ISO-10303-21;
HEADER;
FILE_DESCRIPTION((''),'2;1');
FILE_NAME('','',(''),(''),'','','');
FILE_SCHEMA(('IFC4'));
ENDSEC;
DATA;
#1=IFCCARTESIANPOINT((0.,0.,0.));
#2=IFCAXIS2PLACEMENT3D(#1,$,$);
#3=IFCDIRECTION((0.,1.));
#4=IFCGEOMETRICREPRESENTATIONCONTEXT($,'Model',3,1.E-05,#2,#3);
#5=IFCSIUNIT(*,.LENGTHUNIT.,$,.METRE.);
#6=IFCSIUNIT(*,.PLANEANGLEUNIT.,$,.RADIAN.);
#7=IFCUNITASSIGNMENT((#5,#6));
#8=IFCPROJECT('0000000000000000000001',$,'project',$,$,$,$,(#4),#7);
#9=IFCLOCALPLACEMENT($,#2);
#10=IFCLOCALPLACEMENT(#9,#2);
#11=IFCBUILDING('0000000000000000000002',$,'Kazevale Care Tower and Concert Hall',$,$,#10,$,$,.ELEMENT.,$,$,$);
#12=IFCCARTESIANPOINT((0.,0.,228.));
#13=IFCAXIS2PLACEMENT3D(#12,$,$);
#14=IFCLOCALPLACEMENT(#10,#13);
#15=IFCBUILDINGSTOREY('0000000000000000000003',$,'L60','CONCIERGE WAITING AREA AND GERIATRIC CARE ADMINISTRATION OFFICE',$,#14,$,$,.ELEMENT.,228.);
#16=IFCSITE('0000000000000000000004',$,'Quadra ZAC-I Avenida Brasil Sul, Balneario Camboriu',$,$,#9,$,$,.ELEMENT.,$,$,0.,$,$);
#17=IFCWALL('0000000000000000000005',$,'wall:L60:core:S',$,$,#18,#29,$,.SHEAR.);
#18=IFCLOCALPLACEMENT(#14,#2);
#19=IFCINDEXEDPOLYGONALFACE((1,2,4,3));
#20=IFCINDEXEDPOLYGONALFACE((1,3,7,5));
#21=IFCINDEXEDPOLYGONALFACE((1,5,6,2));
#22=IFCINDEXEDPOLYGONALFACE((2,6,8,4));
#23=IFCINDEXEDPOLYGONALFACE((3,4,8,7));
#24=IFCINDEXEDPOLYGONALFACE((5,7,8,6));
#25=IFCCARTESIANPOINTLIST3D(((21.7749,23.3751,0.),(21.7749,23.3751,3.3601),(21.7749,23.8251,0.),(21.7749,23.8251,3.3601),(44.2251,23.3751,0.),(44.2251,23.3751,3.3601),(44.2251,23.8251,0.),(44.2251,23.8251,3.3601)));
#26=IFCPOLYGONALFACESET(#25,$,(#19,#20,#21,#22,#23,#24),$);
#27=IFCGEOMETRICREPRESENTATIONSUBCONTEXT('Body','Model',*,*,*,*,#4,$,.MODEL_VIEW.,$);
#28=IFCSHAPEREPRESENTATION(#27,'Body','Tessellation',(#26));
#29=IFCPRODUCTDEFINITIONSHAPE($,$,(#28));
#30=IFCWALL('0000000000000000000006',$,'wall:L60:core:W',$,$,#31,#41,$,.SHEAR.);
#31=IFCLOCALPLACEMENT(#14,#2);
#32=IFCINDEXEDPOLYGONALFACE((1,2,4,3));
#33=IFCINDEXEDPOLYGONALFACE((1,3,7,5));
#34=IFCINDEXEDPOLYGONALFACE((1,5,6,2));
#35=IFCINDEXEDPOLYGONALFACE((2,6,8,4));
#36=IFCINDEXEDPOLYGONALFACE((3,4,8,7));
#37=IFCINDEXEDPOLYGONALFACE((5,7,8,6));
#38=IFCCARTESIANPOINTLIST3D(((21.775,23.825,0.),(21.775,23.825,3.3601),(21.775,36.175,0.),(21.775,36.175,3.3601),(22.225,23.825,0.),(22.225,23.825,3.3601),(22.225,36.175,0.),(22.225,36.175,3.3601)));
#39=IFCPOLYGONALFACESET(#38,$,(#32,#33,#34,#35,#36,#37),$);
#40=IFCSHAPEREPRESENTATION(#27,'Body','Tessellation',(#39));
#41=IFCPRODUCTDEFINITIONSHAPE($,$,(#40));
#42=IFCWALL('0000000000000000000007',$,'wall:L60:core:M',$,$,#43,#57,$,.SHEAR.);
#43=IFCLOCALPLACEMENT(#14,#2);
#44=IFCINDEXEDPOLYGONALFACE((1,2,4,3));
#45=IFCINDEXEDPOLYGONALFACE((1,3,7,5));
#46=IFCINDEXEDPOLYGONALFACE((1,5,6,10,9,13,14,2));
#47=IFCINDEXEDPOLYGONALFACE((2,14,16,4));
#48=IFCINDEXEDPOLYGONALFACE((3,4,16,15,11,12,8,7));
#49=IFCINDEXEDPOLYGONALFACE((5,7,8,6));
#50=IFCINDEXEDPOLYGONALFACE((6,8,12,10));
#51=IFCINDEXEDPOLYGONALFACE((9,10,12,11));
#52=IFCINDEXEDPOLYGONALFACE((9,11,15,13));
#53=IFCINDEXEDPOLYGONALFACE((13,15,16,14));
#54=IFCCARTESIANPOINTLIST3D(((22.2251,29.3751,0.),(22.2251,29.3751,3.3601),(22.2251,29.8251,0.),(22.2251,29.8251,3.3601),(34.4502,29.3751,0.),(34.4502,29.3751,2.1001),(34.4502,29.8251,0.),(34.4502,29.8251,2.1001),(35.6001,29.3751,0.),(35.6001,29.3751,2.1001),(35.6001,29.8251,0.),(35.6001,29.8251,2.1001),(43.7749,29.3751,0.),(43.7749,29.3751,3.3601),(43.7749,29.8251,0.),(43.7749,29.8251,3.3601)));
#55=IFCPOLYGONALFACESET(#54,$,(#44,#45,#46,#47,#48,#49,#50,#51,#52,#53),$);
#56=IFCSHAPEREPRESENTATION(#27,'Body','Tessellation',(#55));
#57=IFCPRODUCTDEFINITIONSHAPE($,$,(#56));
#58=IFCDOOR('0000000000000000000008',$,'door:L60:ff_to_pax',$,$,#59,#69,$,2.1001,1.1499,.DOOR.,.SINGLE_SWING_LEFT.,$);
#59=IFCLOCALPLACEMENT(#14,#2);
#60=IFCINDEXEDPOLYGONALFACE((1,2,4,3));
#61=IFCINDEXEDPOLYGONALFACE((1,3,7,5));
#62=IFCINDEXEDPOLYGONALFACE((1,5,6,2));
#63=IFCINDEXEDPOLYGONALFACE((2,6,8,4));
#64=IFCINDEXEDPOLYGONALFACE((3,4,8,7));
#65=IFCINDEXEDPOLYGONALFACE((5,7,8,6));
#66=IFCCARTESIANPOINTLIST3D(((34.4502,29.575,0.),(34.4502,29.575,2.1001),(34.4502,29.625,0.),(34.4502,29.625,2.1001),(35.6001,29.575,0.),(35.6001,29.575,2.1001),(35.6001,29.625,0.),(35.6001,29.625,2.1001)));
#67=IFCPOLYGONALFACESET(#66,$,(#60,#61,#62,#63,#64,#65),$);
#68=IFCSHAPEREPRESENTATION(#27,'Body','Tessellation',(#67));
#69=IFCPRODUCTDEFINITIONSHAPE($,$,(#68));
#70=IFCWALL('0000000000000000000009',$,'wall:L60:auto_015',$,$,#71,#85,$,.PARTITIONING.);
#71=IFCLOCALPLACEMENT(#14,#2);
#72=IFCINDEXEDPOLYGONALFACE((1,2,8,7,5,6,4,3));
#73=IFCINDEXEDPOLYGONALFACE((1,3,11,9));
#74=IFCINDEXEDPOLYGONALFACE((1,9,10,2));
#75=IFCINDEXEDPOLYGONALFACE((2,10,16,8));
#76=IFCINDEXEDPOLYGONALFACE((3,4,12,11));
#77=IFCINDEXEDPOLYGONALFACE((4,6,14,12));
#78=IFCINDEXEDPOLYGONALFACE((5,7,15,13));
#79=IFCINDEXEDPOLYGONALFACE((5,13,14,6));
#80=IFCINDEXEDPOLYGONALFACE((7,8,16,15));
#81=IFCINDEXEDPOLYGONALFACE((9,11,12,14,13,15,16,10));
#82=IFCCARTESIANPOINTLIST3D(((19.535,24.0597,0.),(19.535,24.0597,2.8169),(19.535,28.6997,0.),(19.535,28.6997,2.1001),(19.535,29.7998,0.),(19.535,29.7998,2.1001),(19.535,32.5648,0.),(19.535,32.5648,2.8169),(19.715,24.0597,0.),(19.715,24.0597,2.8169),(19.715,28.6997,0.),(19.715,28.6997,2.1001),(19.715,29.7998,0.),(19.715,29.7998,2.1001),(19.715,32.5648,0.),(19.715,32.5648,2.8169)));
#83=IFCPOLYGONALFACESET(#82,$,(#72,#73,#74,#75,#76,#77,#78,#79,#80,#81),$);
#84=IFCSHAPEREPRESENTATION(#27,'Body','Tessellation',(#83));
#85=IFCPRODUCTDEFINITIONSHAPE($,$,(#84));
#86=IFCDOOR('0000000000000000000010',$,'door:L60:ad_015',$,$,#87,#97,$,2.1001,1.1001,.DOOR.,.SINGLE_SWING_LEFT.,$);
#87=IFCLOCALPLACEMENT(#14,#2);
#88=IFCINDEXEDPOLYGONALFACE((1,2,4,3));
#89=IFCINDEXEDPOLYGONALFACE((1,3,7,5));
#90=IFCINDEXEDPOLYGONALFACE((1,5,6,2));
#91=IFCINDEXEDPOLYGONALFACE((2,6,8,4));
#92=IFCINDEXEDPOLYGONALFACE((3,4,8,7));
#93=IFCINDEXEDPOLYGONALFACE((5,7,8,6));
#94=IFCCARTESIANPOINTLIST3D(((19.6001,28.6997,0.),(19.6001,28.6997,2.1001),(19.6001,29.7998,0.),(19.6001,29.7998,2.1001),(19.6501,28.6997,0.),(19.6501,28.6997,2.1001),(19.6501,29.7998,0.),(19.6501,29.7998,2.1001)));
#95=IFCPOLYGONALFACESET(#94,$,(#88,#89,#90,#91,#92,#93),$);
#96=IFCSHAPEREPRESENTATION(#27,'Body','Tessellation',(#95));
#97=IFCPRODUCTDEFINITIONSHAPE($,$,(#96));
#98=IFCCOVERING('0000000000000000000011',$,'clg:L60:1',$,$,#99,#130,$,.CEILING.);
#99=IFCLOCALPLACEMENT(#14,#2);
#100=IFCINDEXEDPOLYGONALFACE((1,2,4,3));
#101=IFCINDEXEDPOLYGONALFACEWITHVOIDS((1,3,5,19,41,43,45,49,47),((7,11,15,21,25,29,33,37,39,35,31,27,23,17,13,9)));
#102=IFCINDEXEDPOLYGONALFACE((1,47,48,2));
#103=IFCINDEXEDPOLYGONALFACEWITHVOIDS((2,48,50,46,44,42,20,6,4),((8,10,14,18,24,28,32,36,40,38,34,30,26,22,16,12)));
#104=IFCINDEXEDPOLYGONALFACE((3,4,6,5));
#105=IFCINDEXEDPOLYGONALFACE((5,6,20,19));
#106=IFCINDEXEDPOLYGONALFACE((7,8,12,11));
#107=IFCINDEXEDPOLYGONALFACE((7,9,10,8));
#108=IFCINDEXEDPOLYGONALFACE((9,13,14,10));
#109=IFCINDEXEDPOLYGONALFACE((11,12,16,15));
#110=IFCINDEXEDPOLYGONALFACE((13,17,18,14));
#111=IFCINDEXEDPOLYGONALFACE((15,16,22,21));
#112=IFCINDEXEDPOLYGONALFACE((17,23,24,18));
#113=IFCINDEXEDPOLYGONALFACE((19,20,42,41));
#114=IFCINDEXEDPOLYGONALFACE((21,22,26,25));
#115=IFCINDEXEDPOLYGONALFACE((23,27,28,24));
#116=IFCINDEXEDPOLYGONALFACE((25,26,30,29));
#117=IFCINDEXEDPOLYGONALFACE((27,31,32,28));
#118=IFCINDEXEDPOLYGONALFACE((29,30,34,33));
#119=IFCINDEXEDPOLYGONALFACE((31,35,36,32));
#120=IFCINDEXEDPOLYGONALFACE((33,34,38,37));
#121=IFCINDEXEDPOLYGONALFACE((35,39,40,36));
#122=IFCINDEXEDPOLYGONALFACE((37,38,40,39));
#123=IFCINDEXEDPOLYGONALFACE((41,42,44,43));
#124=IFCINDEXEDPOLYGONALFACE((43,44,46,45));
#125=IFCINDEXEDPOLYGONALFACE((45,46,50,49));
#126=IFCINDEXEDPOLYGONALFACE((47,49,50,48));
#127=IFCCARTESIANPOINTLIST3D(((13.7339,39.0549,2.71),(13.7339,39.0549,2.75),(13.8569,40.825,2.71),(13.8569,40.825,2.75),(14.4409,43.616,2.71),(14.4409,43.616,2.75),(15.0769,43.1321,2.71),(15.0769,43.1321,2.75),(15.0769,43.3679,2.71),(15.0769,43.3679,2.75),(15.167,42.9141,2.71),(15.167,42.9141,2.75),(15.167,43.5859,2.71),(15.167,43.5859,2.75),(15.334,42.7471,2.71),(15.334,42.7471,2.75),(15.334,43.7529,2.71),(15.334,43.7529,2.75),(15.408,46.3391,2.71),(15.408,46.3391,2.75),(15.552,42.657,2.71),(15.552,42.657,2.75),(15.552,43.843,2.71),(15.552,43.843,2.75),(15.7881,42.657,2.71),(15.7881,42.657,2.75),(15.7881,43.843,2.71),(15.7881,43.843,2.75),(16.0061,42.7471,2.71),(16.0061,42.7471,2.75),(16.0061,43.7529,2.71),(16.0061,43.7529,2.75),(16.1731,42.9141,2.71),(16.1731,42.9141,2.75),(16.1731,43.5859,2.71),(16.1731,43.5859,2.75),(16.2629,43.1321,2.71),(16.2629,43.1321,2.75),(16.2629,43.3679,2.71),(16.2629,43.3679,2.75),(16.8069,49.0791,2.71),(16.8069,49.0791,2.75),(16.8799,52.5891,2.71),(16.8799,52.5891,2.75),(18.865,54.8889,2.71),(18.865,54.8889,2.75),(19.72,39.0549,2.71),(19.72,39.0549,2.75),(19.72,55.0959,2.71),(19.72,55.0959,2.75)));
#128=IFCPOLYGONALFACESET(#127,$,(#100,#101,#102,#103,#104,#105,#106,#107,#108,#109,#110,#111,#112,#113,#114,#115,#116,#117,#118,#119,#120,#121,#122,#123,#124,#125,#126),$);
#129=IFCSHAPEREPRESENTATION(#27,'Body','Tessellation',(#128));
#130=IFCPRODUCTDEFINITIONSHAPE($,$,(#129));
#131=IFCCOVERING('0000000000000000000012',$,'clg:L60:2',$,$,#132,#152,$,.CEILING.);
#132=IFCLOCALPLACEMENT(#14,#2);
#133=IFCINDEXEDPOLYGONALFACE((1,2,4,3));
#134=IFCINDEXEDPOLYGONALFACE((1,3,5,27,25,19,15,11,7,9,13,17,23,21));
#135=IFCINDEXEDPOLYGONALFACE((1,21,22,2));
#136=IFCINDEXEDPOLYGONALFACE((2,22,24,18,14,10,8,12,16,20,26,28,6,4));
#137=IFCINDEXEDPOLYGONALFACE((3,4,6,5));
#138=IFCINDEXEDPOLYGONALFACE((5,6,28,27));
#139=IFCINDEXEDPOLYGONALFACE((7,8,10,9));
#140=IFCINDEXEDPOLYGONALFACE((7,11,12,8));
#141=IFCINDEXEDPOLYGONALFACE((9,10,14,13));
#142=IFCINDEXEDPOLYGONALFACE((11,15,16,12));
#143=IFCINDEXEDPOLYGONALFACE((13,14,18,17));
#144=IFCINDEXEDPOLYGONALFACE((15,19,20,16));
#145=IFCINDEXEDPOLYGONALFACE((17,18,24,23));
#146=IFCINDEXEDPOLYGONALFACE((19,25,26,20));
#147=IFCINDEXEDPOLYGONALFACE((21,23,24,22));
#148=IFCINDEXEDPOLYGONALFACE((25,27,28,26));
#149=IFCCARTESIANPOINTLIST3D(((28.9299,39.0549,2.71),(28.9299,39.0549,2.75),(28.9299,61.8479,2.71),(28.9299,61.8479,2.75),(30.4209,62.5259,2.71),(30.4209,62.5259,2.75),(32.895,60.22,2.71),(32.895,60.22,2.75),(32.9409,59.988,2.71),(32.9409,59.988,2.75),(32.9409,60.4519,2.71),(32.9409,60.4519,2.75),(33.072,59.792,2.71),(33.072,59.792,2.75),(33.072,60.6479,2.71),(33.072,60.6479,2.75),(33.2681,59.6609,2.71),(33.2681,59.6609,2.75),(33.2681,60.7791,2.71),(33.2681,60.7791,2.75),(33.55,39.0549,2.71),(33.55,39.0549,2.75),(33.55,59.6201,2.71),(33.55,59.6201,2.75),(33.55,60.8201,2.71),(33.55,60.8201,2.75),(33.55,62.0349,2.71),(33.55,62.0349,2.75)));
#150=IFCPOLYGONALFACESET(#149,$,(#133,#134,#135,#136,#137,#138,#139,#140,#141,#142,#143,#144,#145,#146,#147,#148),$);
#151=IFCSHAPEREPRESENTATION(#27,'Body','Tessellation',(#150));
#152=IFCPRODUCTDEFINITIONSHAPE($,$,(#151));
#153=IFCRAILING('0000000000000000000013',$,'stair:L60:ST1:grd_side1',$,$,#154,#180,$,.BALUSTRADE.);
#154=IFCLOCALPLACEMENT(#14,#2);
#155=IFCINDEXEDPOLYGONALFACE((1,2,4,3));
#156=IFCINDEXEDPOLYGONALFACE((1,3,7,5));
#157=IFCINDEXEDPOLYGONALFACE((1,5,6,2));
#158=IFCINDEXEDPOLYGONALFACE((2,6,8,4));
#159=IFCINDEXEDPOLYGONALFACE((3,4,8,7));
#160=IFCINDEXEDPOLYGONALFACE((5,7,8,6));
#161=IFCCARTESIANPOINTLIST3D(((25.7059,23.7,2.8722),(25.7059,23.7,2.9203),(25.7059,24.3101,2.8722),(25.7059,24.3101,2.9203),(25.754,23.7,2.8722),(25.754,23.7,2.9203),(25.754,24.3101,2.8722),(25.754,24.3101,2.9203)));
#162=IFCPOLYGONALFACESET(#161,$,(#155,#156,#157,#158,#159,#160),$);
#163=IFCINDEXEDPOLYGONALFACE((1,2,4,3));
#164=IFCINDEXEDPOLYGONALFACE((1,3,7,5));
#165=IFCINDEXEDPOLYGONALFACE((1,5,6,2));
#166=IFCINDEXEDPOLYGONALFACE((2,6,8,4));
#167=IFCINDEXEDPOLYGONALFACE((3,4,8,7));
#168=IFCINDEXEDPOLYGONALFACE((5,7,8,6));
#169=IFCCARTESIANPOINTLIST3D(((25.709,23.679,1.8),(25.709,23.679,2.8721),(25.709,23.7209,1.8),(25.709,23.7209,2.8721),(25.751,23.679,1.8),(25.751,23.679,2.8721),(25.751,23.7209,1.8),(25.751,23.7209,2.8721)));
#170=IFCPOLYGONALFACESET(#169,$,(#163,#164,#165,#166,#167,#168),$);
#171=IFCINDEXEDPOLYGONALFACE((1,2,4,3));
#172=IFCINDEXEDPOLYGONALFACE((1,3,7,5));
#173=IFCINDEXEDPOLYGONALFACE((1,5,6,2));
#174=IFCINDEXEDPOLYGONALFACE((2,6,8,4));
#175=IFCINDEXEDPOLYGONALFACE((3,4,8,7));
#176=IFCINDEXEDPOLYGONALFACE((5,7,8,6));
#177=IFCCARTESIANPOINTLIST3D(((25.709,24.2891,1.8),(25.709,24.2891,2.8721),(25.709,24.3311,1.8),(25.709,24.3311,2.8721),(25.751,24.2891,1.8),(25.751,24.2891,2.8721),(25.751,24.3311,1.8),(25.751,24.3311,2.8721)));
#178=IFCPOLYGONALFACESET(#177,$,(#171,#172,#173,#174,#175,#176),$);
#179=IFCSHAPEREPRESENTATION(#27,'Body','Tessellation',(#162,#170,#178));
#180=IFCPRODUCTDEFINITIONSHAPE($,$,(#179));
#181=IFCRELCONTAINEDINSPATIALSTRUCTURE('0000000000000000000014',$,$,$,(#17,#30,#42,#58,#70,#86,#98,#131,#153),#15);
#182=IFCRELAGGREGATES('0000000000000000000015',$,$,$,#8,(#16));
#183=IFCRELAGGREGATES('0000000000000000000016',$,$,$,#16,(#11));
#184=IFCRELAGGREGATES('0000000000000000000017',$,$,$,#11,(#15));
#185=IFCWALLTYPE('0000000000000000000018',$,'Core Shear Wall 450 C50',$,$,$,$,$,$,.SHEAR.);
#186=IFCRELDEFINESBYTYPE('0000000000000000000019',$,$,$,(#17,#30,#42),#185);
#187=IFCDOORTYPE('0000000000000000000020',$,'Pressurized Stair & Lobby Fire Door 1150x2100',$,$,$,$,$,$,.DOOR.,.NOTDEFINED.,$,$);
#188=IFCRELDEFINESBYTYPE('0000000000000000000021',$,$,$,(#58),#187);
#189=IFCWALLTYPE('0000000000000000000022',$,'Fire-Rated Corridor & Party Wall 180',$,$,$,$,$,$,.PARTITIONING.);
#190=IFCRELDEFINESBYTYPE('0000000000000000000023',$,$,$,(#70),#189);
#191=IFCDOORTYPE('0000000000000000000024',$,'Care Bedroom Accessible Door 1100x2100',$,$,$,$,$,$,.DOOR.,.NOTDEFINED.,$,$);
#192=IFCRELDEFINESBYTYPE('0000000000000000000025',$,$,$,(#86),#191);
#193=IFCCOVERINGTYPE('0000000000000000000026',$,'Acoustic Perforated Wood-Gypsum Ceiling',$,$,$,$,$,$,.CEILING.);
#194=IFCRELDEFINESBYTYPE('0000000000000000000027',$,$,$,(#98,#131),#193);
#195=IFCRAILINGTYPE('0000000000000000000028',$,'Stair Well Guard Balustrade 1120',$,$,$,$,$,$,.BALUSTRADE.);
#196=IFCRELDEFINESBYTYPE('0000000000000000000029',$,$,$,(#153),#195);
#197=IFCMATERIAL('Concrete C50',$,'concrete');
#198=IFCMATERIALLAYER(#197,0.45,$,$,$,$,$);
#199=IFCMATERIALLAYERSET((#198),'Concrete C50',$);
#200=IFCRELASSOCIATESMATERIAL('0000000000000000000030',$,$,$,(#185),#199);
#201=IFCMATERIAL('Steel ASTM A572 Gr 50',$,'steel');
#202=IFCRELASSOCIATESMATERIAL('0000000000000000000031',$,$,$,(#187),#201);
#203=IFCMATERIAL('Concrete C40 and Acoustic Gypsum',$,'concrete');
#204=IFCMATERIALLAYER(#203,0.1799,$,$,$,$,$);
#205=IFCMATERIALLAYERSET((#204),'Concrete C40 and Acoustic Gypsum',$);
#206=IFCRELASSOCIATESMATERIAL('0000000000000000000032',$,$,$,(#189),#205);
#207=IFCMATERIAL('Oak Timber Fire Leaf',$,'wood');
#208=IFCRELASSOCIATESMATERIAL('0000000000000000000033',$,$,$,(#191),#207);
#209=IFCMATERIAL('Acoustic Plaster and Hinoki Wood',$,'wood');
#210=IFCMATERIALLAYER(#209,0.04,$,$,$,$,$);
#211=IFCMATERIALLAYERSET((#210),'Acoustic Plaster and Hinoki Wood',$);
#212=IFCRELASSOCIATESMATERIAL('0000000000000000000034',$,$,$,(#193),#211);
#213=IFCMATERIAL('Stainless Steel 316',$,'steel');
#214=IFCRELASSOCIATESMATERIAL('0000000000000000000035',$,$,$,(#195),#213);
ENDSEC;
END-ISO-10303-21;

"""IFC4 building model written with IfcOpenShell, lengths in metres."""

from ifc_helpers import new_model, si_unit, direction, frame, frame_2d, origin, origin_2d, place, context, subcontext, project, spatial, polyline, rectangle, outline, extrude, material, layer, layer_set, type_object, element, fill, save


model = new_model("IFC4")

# Units and contexts
model_context = context("Model", 3, precision=1e-05, world=origin(), true_north=direction((0.0, 1.0)))
body_context = subcontext(model_context, "Body", "Model", "MODEL_VIEW")
ifc_project = project(units=[si_unit("LENGTHUNIT", "METRE"), si_unit("PLANEANGLEUNIT", "RADIAN")], contexts=[model_context])

# Site, building, storey
site_placement = place(None, origin())
site = spatial("IfcSite", under=ifc_project, at=site_placement, Name="Quadra ZAC-I Avenida Brasil Sul, Balneario Camboriu", CompositionType="ELEMENT", RefElevation=0.0)
building_placement = place(site_placement, origin())
building = spatial("IfcBuilding", under=site, at=building_placement, Name="Kazevale Care Tower and Concert Hall", CompositionType="ELEMENT")
storey_placement = place(building_placement, frame((0.0, 0.0, 228.0)))
storey = spatial("IfcBuildingStorey", under=building, at=storey_placement, Name="L60", Description="CONCIERGE WAITING AREA AND GERIATRIC CARE ADMINISTRATION OFFICE", CompositionType="ELEMENT", Elevation=228.0)

# Shared definitions
ifc_material_1 = material(Name="Concrete C50", Category="concrete")

# Shared definitions
ifc_material_2 = material(Name="Steel ASTM A572 Gr 50", Category="steel")

# Walls
ifc_layer_1 = layer(ifc_material_1, 0.45)
ifc_layer_set_1 = layer_set([ifc_layer_1], Name="Concrete C50")
wall_type_1 = type_object("IfcWallType", Name="Core Shear Wall 450 C50", PredefinedType="SHEAR", material=ifc_layer_set_1)
wall_1_placement = place(storey_placement, frame((21.7749, 23.6001, 0.0), z_axis=(0.0, 0.0, 1.0), x_axis=(1.0, 0.0, 0.0)))
element("IfcWall", 1, at=wall_1_placement, inside=storey, type_object=wall_type_1, Name="wall:L60:core:S", PredefinedType="SHEAR", context=body_context, shape_type="SweptSolid", body=[
    extrude(rectangle(XDim=22.4502, YDim=0.45, at=frame_2d((11.2251, 0.0))), origin(), (0.0, 0.0, 1.0), 3.3601),
])
wall_2_placement = place(storey_placement, frame((22.0, 23.825, 0.0), z_axis=(0.0, 0.0, 1.0), x_axis=(0.0, 1.0, 0.0)))
element("IfcWall", 2, at=wall_2_placement, inside=storey, type_object=wall_type_1, Name="wall:L60:core:W", PredefinedType="SHEAR", context=body_context, shape_type="SweptSolid", body=[
    extrude(rectangle(XDim=12.3501, YDim=0.45, at=frame_2d((6.175, 0.0))), origin(), (0.0, 0.0, 1.0), 3.3601),
])

# Walls, openings, doors
wall_3_placement = place(storey_placement, frame((22.2251, 29.6001, 0.0), z_axis=(0.0, 0.0, 1.0), x_axis=(1.0, 0.0, 0.0)))
wall_3 = element("IfcWall", 3, at=wall_3_placement, inside=storey, type_object=wall_type_1, Name="wall:L60:core:M", PredefinedType="SHEAR", context=body_context, shape_type="SweptSolid", body=[
    extrude(rectangle(XDim=21.5498, YDim=0.45, at=frame_2d((10.7749, 0.0))), origin(), (0.0, 0.0, 1.0), 3.3601),
])
opening_1_placement = place(wall_3_placement, frame((12.2251, 0.0, 0.0)))
opening_1 = element("IfcOpeningElement", 4, at=opening_1_placement, cuts=wall_3, PredefinedType="OPENING", context=body_context, shape_type="SweptSolid", body=[
    extrude(rectangle(XDim=1.1499, YDim=2.1001, at=frame_2d((0.575, 1.05))), frame((0.0, 0.2349, 0.0), z_axis=(0.0, -1.0, 0.0), x_axis=(1.0, 0.0, 0.0)), (0.0, 0.0, 1.0), 0.47),
])
door_type_1 = type_object("IfcDoorType", Name="Pressurized Stair & Lobby Fire Door 1150x2100", OperationType="NOTDEFINED", PredefinedType="DOOR", material=ifc_material_2)
door_1_placement = place(opening_1_placement, origin())
door_1 = element("IfcDoor", 5, at=door_1_placement, inside=storey, type_object=door_type_1, Name="door:L60:ff_to_pax", OperationType="SINGLE_SWING_LEFT", OverallHeight=2.1001, OverallWidth=1.1499, PredefinedType="DOOR", context=body_context, shape_type="SweptSolid", body=[
    extrude(rectangle(XDim=1.1499, YDim=2.1001, at=frame_2d((0.575, 1.05))), frame((0.0, 0.0249, 0.0), z_axis=(0.0, -1.0, 0.0), x_axis=(1.0, 0.0, 0.0)), (0.0, 0.0, 1.0), 0.05),
])
fill(opening_1, door_1)
ifc_material_3 = material(Name="Concrete C40 and Acoustic Gypsum", Category="concrete")
ifc_layer_2 = layer(ifc_material_3, 0.1799)
ifc_layer_set_2 = layer_set([ifc_layer_2], Name="Concrete C40 and Acoustic Gypsum")
wall_type_2 = type_object("IfcWallType", Name="Fire-Rated Corridor & Party Wall 180", PredefinedType="PARTITIONING", material=ifc_layer_set_2)
wall_4_placement = place(storey_placement, frame((19.625, 24.0598, 0.0), z_axis=(0.0, 0.0, 1.0), x_axis=(0.0, 1.0, 0.0)))
wall_4 = element("IfcWall", 6, at=wall_4_placement, inside=storey, type_object=wall_type_2, Name="wall:L60:auto_015", PredefinedType="PARTITIONING", context=body_context, shape_type="SweptSolid", body=[
    extrude(rectangle(XDim=8.5051, YDim=0.1799, at=frame_2d((4.2524, 0.0))), origin(), (0.0, 0.0, 1.0), 2.8169),
])
opening_2_placement = place(wall_4_placement, frame((4.6399, 0.0, 0.0)))
opening_2 = element("IfcOpeningElement", 7, at=opening_2_placement, cuts=wall_4, PredefinedType="OPENING", context=body_context, shape_type="SweptSolid", body=[
    extrude(rectangle(XDim=1.1001, YDim=2.1001, at=frame_2d((0.55, 1.05))), frame((0.0, 0.0999, 0.0), z_axis=(0.0, -1.0, 0.0), x_axis=(1.0, 0.0, 0.0)), (0.0, 0.0, 1.0), 0.2),
])
ifc_material_4 = material(Name="Oak Timber Fire Leaf", Category="wood")
door_type_2 = type_object("IfcDoorType", Name="Care Bedroom Accessible Door 1100x2100", OperationType="NOTDEFINED", PredefinedType="DOOR", material=ifc_material_4)
door_2_placement = place(opening_2_placement, origin())
door_2 = element("IfcDoor", 8, at=door_2_placement, inside=storey, type_object=door_type_2, Name="door:L60:ad_015", OperationType="SINGLE_SWING_LEFT", OverallHeight=2.1001, OverallWidth=1.1001, PredefinedType="DOOR", context=body_context, shape_type="SweptSolid", body=[
    extrude(rectangle(XDim=1.1001, YDim=2.1001, at=frame_2d((0.55, 1.05))), frame((0.0, 0.0249, 0.0), z_axis=(0.0, -1.0, 0.0), x_axis=(1.0, 0.0, 0.0)), (0.0, 0.0, 1.0), 0.05),
])
fill(opening_2, door_2)

# Coverings
ifc_material_5 = material(Name="Acoustic Plaster and Hinoki Wood", Category="wood")
ifc_layer_3 = layer(ifc_material_5, 0.04)
ifc_layer_set_3 = layer_set([ifc_layer_3], Name="Acoustic Plaster and Hinoki Wood")
covering_type = type_object("IfcCoveringType", Name="Acoustic Perforated Wood-Gypsum Ceiling", PredefinedType="CEILING", material=ifc_layer_set_3)
covering_1_placement = place(storey_placement, frame((0.0, 0.0, 2.71)))
element("IfcCovering", 9, at=covering_1_placement, inside=storey, type_object=covering_type, Name="clg:L60:1", PredefinedType="CEILING", context=body_context, shape_type="SweptSolid", body=[
    extrude(outline(polyline([(14.4409, 43.616), (15.408, 46.3391), (16.8069, 49.0791), (16.8799, 52.5891), (18.865, 54.8889), (19.72, 55.0959), (19.72, 39.0549), (13.7339, 39.0549), (13.8569, 40.825), (14.4409, 43.616)]), holes=[polyline([(16.2629, 43.3679), (16.1731, 43.5859), (16.0061, 43.7529), (15.7881, 43.843), (15.552, 43.843), (15.334, 43.7529), (15.167, 43.5859), (15.0769, 43.3679), (15.0769, 43.1321), (15.167, 42.9141), (15.334, 42.7471), (15.552, 42.657), (15.7881, 42.657), (16.0061, 42.7471), (16.1731, 42.9141), (16.2629, 43.1321), (16.2629, 43.3679)])]), origin(), (0.0, 0.0, 1.0), 0.04),
])
covering_2_placement = place(storey_placement, frame((0.0, 0.0, 2.71)))
element("IfcCovering", 10, at=covering_2_placement, inside=storey, type_object=covering_type, Name="clg:L60:2", PredefinedType="CEILING", context=body_context, shape_type="SweptSolid", body=[
    extrude(outline(polyline([(30.4209, 62.5259), (33.55, 62.0349), (33.55, 60.8201), (33.2681, 60.7791), (33.072, 60.6479), (32.9409, 60.4519), (32.895, 60.22), (32.9409, 59.988), (33.072, 59.792), (33.2681, 59.6609), (33.55, 59.6201), (33.55, 39.0549), (28.9299, 39.0549), (28.9299, 61.8479), (30.4209, 62.5259)])), origin(), (0.0, 0.0, 1.0), 0.04),
])

# Railing
ifc_material_6 = material(Name="Stainless Steel 316", Category="steel")
railing_type = type_object("IfcRailingType", Name="Stair Well Guard Balustrade 1120", PredefinedType="BALUSTRADE", material=ifc_material_6)
railing_1_placement = place(storey_placement, frame((25.73, 23.7, 1.8)))
element("IfcRailing", 11, at=railing_1_placement, inside=storey, type_object=railing_type, Name="stair:L60:ST1:grd_side1", PredefinedType="BALUSTRADE", context=body_context, shape_type="SweptSolid", body=[
    extrude(rectangle(XDim=0.0481, YDim=0.0481, at=origin_2d()), frame((0.0, 0.0, 1.0962), z_axis=(0.0, 1.0, 0.0), x_axis=(-1.0, 0.0, 0.0)), (0.0, 0.0, 1.0), 0.6101),
    extrude(rectangle(XDim=0.042, YDim=0.042, at=origin_2d()), origin(), (0.0, 0.0, 1.0), 1.072),
    extrude(rectangle(XDim=0.042, YDim=0.042, at=origin_2d()), frame((0.0, 0.6101, 0.0)), (0.0, 0.0, 1.0), 1.072),
])

save(model, "model.ifc")
